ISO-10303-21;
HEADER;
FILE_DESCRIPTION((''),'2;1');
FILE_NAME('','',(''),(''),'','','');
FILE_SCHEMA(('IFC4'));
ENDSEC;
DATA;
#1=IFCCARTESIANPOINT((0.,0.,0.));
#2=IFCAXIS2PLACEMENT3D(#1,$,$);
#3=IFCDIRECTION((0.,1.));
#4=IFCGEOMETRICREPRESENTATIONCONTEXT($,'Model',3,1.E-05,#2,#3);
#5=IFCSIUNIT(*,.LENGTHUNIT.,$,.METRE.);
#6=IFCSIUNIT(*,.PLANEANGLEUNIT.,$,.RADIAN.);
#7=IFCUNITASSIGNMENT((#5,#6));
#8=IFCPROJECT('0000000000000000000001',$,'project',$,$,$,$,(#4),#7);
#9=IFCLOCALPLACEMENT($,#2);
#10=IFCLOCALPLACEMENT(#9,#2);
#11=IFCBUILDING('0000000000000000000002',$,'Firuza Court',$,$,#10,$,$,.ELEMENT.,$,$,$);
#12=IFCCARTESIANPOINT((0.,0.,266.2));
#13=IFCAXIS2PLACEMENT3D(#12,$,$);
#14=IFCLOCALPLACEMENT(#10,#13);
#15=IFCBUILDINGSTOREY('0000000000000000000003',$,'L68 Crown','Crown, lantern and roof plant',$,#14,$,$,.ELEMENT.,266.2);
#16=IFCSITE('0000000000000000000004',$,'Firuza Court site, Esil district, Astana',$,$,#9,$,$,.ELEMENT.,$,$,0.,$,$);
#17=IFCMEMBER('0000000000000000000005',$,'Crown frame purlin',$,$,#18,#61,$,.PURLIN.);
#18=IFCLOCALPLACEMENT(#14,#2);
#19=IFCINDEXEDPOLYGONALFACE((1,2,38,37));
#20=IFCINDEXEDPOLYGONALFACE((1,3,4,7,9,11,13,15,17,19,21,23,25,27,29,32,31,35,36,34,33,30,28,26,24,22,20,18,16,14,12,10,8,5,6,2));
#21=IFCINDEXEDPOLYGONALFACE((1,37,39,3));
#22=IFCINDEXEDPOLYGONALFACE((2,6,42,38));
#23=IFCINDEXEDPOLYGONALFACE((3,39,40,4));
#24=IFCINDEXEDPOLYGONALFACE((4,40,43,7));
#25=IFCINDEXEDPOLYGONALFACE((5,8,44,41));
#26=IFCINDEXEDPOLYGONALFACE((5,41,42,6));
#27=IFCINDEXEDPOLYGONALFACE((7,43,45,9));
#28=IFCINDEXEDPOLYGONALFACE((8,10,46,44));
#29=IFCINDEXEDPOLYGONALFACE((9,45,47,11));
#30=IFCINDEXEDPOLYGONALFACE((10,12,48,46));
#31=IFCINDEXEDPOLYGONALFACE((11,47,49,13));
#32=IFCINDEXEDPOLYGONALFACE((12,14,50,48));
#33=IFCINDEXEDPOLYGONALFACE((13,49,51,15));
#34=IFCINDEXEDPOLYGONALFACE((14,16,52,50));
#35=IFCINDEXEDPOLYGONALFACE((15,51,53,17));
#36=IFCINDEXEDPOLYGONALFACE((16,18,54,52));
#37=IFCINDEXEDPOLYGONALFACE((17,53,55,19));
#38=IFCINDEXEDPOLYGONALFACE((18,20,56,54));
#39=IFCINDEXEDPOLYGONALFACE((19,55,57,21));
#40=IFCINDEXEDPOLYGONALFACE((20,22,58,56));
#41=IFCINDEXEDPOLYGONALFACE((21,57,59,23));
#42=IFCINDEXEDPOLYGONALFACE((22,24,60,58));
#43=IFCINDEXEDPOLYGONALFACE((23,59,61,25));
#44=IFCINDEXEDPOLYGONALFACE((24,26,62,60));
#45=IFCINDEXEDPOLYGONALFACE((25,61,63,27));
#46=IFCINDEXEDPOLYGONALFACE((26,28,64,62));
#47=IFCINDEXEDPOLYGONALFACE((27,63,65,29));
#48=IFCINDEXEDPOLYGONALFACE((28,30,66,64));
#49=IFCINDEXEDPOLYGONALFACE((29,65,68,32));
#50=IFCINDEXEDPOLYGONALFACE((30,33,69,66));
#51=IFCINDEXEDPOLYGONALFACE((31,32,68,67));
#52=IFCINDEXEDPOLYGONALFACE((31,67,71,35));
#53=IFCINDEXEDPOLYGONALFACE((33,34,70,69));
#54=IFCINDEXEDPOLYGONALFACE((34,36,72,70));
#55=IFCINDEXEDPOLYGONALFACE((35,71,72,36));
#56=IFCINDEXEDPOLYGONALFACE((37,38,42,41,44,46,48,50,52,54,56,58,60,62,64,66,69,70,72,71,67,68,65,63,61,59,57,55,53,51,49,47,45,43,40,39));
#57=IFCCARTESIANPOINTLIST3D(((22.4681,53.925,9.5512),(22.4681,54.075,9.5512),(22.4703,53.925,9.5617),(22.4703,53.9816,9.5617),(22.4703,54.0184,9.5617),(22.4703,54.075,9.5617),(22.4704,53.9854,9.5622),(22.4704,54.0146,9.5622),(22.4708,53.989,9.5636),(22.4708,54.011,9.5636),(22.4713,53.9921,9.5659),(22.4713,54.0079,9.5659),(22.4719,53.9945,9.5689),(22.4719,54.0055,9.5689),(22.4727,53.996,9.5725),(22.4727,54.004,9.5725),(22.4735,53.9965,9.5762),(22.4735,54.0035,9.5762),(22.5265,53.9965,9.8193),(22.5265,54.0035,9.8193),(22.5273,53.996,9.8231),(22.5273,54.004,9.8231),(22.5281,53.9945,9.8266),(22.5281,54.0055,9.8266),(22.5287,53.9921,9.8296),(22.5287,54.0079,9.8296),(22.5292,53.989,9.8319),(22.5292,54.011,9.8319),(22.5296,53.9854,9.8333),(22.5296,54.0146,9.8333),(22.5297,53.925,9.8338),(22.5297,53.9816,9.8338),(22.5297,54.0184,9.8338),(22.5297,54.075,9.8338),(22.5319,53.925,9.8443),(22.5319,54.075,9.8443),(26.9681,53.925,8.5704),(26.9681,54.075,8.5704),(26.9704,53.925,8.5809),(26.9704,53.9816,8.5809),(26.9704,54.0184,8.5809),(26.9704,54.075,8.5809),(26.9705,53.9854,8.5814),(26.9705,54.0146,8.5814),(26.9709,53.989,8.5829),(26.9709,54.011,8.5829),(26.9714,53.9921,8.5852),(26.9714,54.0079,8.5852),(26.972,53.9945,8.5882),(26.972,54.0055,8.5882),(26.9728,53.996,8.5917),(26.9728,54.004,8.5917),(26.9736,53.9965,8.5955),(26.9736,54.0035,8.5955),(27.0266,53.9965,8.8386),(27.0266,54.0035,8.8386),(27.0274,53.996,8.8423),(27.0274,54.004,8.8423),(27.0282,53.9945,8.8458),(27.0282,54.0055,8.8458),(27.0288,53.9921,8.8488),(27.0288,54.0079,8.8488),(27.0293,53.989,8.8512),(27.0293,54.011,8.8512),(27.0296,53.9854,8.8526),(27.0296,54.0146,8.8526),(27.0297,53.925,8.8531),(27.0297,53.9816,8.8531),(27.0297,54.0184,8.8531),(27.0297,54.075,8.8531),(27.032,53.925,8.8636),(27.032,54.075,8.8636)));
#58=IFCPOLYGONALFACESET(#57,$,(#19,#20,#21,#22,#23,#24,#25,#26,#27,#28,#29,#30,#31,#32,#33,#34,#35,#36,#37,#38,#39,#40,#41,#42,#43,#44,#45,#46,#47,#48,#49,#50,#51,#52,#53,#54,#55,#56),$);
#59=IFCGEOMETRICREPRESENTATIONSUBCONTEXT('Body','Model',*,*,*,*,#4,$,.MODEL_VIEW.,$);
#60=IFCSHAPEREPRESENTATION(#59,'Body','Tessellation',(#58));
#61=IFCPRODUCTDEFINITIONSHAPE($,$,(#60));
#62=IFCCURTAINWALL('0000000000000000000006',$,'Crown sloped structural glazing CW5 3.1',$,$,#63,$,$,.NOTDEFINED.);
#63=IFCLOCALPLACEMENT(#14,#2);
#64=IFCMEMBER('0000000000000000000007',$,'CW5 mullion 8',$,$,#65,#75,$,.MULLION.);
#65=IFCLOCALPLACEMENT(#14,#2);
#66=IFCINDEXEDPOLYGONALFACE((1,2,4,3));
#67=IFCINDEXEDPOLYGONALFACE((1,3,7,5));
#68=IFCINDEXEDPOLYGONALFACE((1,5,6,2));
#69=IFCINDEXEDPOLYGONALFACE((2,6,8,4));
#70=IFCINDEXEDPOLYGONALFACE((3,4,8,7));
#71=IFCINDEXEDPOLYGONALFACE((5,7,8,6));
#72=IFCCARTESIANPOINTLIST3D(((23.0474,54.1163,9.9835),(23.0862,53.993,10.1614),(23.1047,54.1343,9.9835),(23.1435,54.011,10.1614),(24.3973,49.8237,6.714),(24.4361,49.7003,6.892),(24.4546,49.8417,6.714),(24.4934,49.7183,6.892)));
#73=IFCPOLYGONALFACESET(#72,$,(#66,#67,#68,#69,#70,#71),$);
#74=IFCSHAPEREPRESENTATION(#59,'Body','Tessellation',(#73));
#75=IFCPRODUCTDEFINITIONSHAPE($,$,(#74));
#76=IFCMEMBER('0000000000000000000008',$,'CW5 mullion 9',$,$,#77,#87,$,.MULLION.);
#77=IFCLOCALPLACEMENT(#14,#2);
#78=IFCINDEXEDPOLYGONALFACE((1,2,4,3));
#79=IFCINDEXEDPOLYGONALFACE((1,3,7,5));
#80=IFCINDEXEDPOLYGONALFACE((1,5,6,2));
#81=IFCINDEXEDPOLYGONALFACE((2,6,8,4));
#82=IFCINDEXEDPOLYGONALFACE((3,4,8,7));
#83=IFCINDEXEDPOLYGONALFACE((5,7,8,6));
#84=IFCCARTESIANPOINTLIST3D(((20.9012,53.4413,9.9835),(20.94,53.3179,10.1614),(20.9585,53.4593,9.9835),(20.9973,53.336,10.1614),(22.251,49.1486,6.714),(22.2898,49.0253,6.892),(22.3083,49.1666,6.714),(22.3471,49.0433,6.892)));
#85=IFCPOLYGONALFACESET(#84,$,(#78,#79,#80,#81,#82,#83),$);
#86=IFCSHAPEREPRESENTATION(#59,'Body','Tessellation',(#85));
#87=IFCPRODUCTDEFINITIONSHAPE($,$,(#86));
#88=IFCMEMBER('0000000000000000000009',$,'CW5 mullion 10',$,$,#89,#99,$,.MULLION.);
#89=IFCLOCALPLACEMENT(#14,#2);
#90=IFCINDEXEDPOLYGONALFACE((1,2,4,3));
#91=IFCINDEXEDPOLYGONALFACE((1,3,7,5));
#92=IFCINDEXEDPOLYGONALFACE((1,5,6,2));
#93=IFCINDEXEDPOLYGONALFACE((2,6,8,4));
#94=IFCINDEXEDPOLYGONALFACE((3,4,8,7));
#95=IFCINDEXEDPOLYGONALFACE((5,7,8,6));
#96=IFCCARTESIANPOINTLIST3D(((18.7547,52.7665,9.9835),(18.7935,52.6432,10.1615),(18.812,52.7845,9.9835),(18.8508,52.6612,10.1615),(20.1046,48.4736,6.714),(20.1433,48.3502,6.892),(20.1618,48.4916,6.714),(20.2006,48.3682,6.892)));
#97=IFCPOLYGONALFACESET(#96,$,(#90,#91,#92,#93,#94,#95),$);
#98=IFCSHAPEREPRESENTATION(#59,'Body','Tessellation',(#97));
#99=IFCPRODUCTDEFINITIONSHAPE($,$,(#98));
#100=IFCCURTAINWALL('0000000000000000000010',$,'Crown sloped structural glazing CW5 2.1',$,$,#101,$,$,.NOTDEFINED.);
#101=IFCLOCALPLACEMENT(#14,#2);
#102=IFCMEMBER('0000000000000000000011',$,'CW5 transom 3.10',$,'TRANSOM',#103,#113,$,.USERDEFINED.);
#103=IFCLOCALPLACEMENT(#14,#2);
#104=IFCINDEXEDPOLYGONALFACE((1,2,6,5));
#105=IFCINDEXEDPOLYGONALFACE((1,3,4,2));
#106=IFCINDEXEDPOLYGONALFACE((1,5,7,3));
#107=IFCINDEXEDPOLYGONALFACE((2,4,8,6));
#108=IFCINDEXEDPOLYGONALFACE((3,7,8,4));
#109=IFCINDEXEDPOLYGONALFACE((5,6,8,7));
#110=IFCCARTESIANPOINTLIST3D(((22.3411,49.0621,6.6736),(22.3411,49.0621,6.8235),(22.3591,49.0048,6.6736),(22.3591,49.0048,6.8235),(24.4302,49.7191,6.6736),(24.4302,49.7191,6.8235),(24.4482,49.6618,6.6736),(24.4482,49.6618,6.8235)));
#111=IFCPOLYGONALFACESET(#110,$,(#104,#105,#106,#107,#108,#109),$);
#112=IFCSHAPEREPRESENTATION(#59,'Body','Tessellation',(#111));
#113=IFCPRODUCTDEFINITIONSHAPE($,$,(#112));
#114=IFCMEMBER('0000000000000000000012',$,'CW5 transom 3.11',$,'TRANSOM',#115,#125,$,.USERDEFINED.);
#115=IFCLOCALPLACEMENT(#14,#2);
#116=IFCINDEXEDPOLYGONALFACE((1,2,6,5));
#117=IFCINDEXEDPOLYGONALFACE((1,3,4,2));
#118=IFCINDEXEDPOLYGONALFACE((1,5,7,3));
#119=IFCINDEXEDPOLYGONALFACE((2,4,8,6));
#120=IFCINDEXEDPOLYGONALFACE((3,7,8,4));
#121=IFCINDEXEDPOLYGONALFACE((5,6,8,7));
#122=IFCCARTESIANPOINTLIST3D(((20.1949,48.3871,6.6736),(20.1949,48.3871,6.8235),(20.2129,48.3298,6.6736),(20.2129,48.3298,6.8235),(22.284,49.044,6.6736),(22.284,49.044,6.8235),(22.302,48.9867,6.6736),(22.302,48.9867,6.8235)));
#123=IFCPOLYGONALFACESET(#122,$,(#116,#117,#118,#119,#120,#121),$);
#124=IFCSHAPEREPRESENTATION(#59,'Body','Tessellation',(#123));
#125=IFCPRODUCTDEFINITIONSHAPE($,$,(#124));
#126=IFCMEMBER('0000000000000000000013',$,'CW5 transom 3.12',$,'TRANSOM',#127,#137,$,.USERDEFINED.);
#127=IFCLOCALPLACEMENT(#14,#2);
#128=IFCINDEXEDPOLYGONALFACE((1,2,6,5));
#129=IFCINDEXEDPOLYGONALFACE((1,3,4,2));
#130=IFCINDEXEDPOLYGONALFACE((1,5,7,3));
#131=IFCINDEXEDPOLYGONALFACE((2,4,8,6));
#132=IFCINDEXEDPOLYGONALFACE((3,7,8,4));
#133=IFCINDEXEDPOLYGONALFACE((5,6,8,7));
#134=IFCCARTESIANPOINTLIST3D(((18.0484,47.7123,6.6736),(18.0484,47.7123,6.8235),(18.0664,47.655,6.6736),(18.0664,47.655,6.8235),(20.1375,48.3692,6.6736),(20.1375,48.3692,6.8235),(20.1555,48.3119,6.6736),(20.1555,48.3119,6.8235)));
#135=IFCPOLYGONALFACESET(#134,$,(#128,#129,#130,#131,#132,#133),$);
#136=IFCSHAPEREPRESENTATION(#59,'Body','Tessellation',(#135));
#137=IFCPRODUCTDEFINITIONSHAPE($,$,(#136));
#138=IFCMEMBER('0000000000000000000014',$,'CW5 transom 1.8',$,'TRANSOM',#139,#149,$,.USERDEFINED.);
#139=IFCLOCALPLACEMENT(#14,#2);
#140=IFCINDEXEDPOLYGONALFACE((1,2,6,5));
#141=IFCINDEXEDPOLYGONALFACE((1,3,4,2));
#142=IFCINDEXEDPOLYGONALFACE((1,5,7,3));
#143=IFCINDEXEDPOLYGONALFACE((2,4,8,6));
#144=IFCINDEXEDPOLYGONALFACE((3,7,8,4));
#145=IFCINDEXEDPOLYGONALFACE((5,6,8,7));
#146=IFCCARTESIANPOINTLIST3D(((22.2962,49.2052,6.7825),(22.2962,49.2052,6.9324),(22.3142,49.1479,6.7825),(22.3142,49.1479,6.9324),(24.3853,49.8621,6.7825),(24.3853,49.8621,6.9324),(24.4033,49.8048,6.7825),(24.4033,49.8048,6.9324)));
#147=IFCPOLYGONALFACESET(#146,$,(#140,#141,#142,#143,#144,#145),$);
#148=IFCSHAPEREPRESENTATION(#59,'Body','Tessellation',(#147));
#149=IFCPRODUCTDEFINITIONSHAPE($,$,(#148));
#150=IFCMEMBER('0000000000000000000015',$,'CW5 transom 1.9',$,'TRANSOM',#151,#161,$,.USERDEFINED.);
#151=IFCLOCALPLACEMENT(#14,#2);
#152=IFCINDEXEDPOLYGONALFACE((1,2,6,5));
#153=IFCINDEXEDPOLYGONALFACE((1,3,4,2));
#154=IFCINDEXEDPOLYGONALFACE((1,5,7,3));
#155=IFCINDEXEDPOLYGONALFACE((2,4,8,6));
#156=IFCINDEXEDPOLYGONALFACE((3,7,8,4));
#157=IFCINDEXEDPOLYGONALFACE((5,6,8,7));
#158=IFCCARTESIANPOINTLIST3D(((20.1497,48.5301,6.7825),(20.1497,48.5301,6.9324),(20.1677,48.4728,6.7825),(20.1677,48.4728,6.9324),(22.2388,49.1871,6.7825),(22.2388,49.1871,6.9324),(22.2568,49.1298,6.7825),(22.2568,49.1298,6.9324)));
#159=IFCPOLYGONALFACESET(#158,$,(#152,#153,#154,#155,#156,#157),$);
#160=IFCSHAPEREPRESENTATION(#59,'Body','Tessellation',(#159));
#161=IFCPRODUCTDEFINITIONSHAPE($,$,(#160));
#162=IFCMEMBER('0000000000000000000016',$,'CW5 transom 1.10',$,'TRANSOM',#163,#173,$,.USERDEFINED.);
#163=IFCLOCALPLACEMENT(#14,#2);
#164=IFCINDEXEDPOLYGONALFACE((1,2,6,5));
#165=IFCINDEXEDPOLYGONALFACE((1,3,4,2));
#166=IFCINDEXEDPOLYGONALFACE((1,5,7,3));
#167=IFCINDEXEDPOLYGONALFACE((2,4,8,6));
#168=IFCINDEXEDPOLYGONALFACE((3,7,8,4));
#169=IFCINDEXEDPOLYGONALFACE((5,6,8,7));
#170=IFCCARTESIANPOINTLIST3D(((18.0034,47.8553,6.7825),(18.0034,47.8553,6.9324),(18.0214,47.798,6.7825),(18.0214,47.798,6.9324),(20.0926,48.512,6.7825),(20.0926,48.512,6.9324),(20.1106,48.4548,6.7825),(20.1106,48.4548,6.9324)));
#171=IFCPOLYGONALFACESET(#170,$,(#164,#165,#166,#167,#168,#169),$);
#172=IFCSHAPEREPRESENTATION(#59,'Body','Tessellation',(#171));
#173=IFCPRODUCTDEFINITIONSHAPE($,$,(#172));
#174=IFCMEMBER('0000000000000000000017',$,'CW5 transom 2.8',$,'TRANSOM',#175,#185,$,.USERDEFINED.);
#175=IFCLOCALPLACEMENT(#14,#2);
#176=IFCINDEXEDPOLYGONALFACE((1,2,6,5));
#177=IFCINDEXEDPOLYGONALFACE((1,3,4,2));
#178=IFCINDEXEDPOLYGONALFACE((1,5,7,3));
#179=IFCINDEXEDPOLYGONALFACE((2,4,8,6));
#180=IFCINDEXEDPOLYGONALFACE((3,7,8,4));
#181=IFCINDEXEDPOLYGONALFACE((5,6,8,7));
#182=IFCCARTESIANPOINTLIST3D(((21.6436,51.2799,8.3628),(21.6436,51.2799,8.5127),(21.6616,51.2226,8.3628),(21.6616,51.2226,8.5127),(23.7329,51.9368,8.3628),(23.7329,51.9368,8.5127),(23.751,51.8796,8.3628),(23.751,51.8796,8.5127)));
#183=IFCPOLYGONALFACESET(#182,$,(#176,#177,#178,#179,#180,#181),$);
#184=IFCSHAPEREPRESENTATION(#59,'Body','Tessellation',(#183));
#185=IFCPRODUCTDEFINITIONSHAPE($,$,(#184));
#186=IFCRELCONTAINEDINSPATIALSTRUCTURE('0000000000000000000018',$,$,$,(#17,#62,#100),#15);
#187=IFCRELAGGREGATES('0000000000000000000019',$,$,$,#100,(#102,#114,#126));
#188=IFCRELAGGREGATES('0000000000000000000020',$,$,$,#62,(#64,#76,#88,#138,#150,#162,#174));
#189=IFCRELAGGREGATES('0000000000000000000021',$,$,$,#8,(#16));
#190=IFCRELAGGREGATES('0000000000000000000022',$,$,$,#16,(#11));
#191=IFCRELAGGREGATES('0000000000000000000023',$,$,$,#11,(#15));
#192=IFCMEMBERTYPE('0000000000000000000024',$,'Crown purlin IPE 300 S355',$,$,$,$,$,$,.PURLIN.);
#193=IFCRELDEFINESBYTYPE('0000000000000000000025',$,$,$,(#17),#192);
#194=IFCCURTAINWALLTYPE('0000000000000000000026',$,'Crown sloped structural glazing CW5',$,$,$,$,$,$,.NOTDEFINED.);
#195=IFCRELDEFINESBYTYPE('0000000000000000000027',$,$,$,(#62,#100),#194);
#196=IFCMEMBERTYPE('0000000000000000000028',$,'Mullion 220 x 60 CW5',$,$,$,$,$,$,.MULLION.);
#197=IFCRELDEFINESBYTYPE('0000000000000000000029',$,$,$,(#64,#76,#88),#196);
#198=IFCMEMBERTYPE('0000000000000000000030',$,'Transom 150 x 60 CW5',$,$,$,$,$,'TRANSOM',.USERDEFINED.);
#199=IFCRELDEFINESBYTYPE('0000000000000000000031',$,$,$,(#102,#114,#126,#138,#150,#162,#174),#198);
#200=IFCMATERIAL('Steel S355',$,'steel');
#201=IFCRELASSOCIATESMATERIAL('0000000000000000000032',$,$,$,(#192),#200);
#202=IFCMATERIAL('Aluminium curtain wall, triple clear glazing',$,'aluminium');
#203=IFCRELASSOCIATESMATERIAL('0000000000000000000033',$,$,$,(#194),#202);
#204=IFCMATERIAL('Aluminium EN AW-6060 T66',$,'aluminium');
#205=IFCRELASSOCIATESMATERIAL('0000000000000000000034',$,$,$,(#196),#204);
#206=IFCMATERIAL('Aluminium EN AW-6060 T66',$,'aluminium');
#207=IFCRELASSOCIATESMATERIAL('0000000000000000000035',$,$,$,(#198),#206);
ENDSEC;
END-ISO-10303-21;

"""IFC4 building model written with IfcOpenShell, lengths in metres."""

from ifc_helpers import new_model, si_unit, direction, frame, origin, origin_2d, place, context, subcontext, project, spatial, rectangle, i_section, extrude, material, material_profile, profile_set, type_object, element, aggregate, save


model = new_model("IFC4")

# Units and contexts
model_context = context("Model", 3, precision=1e-05, world=origin(), true_north=direction((0.0, 1.0)))
body_context = subcontext(model_context, "Body", "Model", "MODEL_VIEW")
ifc_project = project(units=[si_unit("LENGTHUNIT", "METRE"), si_unit("PLANEANGLEUNIT", "RADIAN")], contexts=[model_context])

# Site, building, storey
site_placement = place(None, origin())
site = spatial("IfcSite", under=ifc_project, at=site_placement, Name="Firuza Court site, Esil district, Astana", CompositionType="ELEMENT", RefElevation=0.0)
building_placement = place(site_placement, origin())
building = spatial("IfcBuilding", under=site, at=building_placement, Name="Firuza Court", CompositionType="ELEMENT")
storey_placement = place(building_placement, frame((0.0, 0.0, 266.2)))
storey = spatial("IfcBuildingStorey", under=building, at=storey_placement, Name="L68 Crown", Description="Crown, lantern and roof plant", CompositionType="ELEMENT", Elevation=266.2)

# Member
ifc_material_1 = material(Name="Steel S355", Category="steel")
ifc_material_profile_1 = material_profile(ifc_material_1, i_section(OverallWidth=0.1499, OverallDepth=0.3, WebThickness=0.0071, FlangeThickness=0.0107, FilletRadius=0.0149, at=origin_2d()), Name="IPE 300")
ifc_profile_set_1 = profile_set([ifc_material_profile_1], Name="Steel S355")
member_type_1 = type_object("IfcMemberType", Name="Crown purlin IPE 300 S355", PredefinedType="PURLIN", material=ifc_profile_set_1)
for number, where, z_axis, x_axis, name in (
    (1, (22.5, 54.0, 9.6978), (0.977066, 0.0, -0.212938), (0.0, 1.0, 0.0), "Crown frame purlin"),
):
    element("IfcMember", number, at=place(storey_placement, frame(where, z_axis=z_axis, x_axis=x_axis)), inside=storey, type_object=member_type_1, Name=name, PredefinedType="PURLIN", context=body_context, shape_type="SweptSolid", body=[
        extrude(i_section(OverallWidth=0.1499, OverallDepth=0.3, WebThickness=0.0071, FlangeThickness=0.0107, FilletRadius=0.0149, at=origin_2d()), origin(), (0.0, 0.0, 1.0), 4.6057),
    ])

# Curtain walls, members
ifc_material_2 = material(Name="Aluminium curtain wall, triple clear glazing", Category="aluminium")
curtain_wall_type = type_object("IfcCurtainWallType", Name="Crown sloped structural glazing CW5", PredefinedType="NOTDEFINED", material=ifc_material_2)
curtain_wall_1_placement = place(storey_placement, origin())
curtain_wall_1 = element("IfcCurtainWall", 2, at=curtain_wall_1_placement, inside=storey, type_object=curtain_wall_type, Name="Crown sloped structural glazing CW5 3.1", PredefinedType="NOTDEFINED")
ifc_material_3 = material(Name="Aluminium EN AW-6060 T66", Category="aluminium")
ifc_material_profile_2 = material_profile(ifc_material_3, rectangle(XDim=0.0601, YDim=0.22, at=origin_2d()), Name="Mullion 220 x 60 CW5")
ifc_profile_set_2 = profile_set([ifc_material_profile_2], Name="Aluminium EN AW-6060 T66")
member_type_2 = type_object("IfcMemberType", Name="Mullion 220 x 60 CW5", PredefinedType="MULLION", material=ifc_profile_set_2)
member_1_placement = place(storey_placement, frame((24.4453, 49.771, 6.803), z_axis=(-0.242678, 0.77175, 0.5878), x_axis=(-0.953948, -0.29997, 0.0)))
member_1 = element("IfcMember", 3, at=member_1_placement, type_object=member_type_2, Name="CW5 mullion 8", PredefinedType="MULLION", context=body_context, shape_type="SweptSolid", body=[
    extrude(rectangle(XDim=0.0601, YDim=0.22, at=origin_2d()), origin(), (0.0, 0.0, 1.0), 5.5623),
])
member_2_placement = place(storey_placement, frame((22.2991, 49.0959, 6.803), z_axis=(-0.242678, 0.77175, 0.5878), x_axis=(-0.953948, -0.29997, 0.0)))
member_2 = element("IfcMember", 4, at=member_2_placement, type_object=member_type_2, Name="CW5 mullion 9", PredefinedType="MULLION", context=body_context, shape_type="SweptSolid", body=[
    extrude(rectangle(XDim=0.0601, YDim=0.22, at=origin_2d()), origin(), (0.0, 0.0, 1.0), 5.5623),
])
member_3_placement = place(storey_placement, frame((20.1526, 48.4209, 6.803), z_axis=(-0.24267, 0.771768, 0.58778), x_axis=(-0.953953, -0.299955, 0.0)))
member_3 = element("IfcMember", 5, at=member_3_placement, type_object=member_type_2, Name="CW5 mullion 10", PredefinedType="MULLION", context=body_context, shape_type="SweptSolid", body=[
    extrude(rectangle(XDim=0.0601, YDim=0.22, at=origin_2d()), origin(), (0.0, 0.0, 1.0), 5.5625),
])
curtain_wall_2_placement = place(storey_placement, origin())
curtain_wall_2 = element("IfcCurtainWall", 6, at=curtain_wall_2_placement, inside=storey, type_object=curtain_wall_type, Name="Crown sloped structural glazing CW5 2.1", PredefinedType="NOTDEFINED")
ifc_material_4 = material(Name="Aluminium EN AW-6060 T66", Category="aluminium")
ifc_material_profile_3 = material_profile(ifc_material_4, rectangle(XDim=0.0601, YDim=0.1499, at=origin_2d()), Name="Transom 150 x 60 CW5")
ifc_profile_set_3 = profile_set([ifc_material_profile_3], Name="Aluminium EN AW-6060 T66")
member_type_3 = type_object("IfcMemberType", Name="Transom 150 x 60 CW5", ElementType="TRANSOM", PredefinedType="USERDEFINED", material=ifc_profile_set_3)
member_4_placement = place(storey_placement, frame((24.4392, 49.6904, 6.7485), z_axis=(-0.953941, -0.299995, 0.0), x_axis=(0.299995, -0.953941, 0.0)))
member_4 = element("IfcMember", 7, at=member_4_placement, type_object=member_type_3, Name="CW5 transom 3.10", ObjectType="TRANSOM", PredefinedType="USERDEFINED", context=body_context, shape_type="SweptSolid", body=[
    extrude(rectangle(XDim=0.0601, YDim=0.1499, at=origin_2d()), origin(), (0.0, 0.0, 1.0), 2.1899),
])
member_5_placement = place(storey_placement, frame((22.293, 49.0154, 6.7485), z_axis=(-0.953941, -0.299995, 0.0), x_axis=(0.299995, -0.953941, 0.0)))
member_5 = element("IfcMember", 8, at=member_5_placement, type_object=member_type_3, Name="CW5 transom 3.11", ObjectType="TRANSOM", PredefinedType="USERDEFINED", context=body_context, shape_type="SweptSolid", body=[
    extrude(rectangle(XDim=0.0601, YDim=0.1499, at=origin_2d()), origin(), (0.0, 0.0, 1.0), 2.1899),
])
member_6_placement = place(storey_placement, frame((20.1465, 48.3406, 6.7485), z_axis=(-0.953941, -0.299995, 0.0), x_axis=(0.299995, -0.953941, 0.0)))
member_6 = element("IfcMember", 9, at=member_6_placement, type_object=member_type_3, Name="CW5 transom 3.12", ObjectType="TRANSOM", PredefinedType="USERDEFINED", context=body_context, shape_type="SweptSolid", body=[
    extrude(rectangle(XDim=0.0601, YDim=0.1499, at=origin_2d()), origin(), (0.0, 0.0, 1.0), 2.1899),
])
aggregate(curtain_wall_2, [member_4, member_5, member_6])

# Members
member_7_placement = place(storey_placement, frame((24.3943, 49.8335, 6.8574), z_axis=(-0.953941, -0.299995, 0.0), x_axis=(0.299995, -0.953941, 0.0)))
member_7 = element("IfcMember", 10, at=member_7_placement, type_object=member_type_3, Name="CW5 transom 1.8", ObjectType="TRANSOM", PredefinedType="USERDEFINED", context=body_context, shape_type="SweptSolid", body=[
    extrude(rectangle(XDim=0.0601, YDim=0.1499, at=origin_2d()), origin(), (0.0, 0.0, 1.0), 2.1899),
])
member_8_placement = place(storey_placement, frame((22.2478, 49.1584, 6.8574), z_axis=(-0.953941, -0.299995, 0.0), x_axis=(0.299995, -0.953941, 0.0)))
member_8 = element("IfcMember", 11, at=member_8_placement, type_object=member_type_3, Name="CW5 transom 1.9", ObjectType="TRANSOM", PredefinedType="USERDEFINED", context=body_context, shape_type="SweptSolid", body=[
    extrude(rectangle(XDim=0.0601, YDim=0.1499, at=origin_2d()), origin(), (0.0, 0.0, 1.0), 2.1899),
])
member_9_placement = place(storey_placement, frame((20.1016, 48.4834, 6.8574), z_axis=(-0.953973, -0.299893, 0.0), x_axis=(0.299893, -0.953973, 0.0)))
member_9 = element("IfcMember", 12, at=member_9_placement, type_object=member_type_3, Name="CW5 transom 1.10", ObjectType="TRANSOM", PredefinedType="USERDEFINED", context=body_context, shape_type="SweptSolid", body=[
    extrude(rectangle(XDim=0.0601, YDim=0.1499, at=origin_2d()), origin(), (0.0, 0.0, 1.0), 2.1899),
])
member_10_placement = place(storey_placement, frame((23.7419, 51.9082, 8.4377), z_axis=(-0.953951, -0.299963, 0.0), x_axis=(0.299963, -0.953951, 0.0)))
member_10 = element("IfcMember", 13, at=member_10_placement, type_object=member_type_3, Name="CW5 transom 2.8", ObjectType="TRANSOM", PredefinedType="USERDEFINED", context=body_context, shape_type="SweptSolid", body=[
    extrude(rectangle(XDim=0.0601, YDim=0.1499, at=origin_2d()), origin(), (0.0, 0.0, 1.0), 2.1902),
])

aggregate(curtain_wall_1, [member_1, member_2, member_3, member_7, member_8, member_9, member_10])

save(model, "model.ifc")
